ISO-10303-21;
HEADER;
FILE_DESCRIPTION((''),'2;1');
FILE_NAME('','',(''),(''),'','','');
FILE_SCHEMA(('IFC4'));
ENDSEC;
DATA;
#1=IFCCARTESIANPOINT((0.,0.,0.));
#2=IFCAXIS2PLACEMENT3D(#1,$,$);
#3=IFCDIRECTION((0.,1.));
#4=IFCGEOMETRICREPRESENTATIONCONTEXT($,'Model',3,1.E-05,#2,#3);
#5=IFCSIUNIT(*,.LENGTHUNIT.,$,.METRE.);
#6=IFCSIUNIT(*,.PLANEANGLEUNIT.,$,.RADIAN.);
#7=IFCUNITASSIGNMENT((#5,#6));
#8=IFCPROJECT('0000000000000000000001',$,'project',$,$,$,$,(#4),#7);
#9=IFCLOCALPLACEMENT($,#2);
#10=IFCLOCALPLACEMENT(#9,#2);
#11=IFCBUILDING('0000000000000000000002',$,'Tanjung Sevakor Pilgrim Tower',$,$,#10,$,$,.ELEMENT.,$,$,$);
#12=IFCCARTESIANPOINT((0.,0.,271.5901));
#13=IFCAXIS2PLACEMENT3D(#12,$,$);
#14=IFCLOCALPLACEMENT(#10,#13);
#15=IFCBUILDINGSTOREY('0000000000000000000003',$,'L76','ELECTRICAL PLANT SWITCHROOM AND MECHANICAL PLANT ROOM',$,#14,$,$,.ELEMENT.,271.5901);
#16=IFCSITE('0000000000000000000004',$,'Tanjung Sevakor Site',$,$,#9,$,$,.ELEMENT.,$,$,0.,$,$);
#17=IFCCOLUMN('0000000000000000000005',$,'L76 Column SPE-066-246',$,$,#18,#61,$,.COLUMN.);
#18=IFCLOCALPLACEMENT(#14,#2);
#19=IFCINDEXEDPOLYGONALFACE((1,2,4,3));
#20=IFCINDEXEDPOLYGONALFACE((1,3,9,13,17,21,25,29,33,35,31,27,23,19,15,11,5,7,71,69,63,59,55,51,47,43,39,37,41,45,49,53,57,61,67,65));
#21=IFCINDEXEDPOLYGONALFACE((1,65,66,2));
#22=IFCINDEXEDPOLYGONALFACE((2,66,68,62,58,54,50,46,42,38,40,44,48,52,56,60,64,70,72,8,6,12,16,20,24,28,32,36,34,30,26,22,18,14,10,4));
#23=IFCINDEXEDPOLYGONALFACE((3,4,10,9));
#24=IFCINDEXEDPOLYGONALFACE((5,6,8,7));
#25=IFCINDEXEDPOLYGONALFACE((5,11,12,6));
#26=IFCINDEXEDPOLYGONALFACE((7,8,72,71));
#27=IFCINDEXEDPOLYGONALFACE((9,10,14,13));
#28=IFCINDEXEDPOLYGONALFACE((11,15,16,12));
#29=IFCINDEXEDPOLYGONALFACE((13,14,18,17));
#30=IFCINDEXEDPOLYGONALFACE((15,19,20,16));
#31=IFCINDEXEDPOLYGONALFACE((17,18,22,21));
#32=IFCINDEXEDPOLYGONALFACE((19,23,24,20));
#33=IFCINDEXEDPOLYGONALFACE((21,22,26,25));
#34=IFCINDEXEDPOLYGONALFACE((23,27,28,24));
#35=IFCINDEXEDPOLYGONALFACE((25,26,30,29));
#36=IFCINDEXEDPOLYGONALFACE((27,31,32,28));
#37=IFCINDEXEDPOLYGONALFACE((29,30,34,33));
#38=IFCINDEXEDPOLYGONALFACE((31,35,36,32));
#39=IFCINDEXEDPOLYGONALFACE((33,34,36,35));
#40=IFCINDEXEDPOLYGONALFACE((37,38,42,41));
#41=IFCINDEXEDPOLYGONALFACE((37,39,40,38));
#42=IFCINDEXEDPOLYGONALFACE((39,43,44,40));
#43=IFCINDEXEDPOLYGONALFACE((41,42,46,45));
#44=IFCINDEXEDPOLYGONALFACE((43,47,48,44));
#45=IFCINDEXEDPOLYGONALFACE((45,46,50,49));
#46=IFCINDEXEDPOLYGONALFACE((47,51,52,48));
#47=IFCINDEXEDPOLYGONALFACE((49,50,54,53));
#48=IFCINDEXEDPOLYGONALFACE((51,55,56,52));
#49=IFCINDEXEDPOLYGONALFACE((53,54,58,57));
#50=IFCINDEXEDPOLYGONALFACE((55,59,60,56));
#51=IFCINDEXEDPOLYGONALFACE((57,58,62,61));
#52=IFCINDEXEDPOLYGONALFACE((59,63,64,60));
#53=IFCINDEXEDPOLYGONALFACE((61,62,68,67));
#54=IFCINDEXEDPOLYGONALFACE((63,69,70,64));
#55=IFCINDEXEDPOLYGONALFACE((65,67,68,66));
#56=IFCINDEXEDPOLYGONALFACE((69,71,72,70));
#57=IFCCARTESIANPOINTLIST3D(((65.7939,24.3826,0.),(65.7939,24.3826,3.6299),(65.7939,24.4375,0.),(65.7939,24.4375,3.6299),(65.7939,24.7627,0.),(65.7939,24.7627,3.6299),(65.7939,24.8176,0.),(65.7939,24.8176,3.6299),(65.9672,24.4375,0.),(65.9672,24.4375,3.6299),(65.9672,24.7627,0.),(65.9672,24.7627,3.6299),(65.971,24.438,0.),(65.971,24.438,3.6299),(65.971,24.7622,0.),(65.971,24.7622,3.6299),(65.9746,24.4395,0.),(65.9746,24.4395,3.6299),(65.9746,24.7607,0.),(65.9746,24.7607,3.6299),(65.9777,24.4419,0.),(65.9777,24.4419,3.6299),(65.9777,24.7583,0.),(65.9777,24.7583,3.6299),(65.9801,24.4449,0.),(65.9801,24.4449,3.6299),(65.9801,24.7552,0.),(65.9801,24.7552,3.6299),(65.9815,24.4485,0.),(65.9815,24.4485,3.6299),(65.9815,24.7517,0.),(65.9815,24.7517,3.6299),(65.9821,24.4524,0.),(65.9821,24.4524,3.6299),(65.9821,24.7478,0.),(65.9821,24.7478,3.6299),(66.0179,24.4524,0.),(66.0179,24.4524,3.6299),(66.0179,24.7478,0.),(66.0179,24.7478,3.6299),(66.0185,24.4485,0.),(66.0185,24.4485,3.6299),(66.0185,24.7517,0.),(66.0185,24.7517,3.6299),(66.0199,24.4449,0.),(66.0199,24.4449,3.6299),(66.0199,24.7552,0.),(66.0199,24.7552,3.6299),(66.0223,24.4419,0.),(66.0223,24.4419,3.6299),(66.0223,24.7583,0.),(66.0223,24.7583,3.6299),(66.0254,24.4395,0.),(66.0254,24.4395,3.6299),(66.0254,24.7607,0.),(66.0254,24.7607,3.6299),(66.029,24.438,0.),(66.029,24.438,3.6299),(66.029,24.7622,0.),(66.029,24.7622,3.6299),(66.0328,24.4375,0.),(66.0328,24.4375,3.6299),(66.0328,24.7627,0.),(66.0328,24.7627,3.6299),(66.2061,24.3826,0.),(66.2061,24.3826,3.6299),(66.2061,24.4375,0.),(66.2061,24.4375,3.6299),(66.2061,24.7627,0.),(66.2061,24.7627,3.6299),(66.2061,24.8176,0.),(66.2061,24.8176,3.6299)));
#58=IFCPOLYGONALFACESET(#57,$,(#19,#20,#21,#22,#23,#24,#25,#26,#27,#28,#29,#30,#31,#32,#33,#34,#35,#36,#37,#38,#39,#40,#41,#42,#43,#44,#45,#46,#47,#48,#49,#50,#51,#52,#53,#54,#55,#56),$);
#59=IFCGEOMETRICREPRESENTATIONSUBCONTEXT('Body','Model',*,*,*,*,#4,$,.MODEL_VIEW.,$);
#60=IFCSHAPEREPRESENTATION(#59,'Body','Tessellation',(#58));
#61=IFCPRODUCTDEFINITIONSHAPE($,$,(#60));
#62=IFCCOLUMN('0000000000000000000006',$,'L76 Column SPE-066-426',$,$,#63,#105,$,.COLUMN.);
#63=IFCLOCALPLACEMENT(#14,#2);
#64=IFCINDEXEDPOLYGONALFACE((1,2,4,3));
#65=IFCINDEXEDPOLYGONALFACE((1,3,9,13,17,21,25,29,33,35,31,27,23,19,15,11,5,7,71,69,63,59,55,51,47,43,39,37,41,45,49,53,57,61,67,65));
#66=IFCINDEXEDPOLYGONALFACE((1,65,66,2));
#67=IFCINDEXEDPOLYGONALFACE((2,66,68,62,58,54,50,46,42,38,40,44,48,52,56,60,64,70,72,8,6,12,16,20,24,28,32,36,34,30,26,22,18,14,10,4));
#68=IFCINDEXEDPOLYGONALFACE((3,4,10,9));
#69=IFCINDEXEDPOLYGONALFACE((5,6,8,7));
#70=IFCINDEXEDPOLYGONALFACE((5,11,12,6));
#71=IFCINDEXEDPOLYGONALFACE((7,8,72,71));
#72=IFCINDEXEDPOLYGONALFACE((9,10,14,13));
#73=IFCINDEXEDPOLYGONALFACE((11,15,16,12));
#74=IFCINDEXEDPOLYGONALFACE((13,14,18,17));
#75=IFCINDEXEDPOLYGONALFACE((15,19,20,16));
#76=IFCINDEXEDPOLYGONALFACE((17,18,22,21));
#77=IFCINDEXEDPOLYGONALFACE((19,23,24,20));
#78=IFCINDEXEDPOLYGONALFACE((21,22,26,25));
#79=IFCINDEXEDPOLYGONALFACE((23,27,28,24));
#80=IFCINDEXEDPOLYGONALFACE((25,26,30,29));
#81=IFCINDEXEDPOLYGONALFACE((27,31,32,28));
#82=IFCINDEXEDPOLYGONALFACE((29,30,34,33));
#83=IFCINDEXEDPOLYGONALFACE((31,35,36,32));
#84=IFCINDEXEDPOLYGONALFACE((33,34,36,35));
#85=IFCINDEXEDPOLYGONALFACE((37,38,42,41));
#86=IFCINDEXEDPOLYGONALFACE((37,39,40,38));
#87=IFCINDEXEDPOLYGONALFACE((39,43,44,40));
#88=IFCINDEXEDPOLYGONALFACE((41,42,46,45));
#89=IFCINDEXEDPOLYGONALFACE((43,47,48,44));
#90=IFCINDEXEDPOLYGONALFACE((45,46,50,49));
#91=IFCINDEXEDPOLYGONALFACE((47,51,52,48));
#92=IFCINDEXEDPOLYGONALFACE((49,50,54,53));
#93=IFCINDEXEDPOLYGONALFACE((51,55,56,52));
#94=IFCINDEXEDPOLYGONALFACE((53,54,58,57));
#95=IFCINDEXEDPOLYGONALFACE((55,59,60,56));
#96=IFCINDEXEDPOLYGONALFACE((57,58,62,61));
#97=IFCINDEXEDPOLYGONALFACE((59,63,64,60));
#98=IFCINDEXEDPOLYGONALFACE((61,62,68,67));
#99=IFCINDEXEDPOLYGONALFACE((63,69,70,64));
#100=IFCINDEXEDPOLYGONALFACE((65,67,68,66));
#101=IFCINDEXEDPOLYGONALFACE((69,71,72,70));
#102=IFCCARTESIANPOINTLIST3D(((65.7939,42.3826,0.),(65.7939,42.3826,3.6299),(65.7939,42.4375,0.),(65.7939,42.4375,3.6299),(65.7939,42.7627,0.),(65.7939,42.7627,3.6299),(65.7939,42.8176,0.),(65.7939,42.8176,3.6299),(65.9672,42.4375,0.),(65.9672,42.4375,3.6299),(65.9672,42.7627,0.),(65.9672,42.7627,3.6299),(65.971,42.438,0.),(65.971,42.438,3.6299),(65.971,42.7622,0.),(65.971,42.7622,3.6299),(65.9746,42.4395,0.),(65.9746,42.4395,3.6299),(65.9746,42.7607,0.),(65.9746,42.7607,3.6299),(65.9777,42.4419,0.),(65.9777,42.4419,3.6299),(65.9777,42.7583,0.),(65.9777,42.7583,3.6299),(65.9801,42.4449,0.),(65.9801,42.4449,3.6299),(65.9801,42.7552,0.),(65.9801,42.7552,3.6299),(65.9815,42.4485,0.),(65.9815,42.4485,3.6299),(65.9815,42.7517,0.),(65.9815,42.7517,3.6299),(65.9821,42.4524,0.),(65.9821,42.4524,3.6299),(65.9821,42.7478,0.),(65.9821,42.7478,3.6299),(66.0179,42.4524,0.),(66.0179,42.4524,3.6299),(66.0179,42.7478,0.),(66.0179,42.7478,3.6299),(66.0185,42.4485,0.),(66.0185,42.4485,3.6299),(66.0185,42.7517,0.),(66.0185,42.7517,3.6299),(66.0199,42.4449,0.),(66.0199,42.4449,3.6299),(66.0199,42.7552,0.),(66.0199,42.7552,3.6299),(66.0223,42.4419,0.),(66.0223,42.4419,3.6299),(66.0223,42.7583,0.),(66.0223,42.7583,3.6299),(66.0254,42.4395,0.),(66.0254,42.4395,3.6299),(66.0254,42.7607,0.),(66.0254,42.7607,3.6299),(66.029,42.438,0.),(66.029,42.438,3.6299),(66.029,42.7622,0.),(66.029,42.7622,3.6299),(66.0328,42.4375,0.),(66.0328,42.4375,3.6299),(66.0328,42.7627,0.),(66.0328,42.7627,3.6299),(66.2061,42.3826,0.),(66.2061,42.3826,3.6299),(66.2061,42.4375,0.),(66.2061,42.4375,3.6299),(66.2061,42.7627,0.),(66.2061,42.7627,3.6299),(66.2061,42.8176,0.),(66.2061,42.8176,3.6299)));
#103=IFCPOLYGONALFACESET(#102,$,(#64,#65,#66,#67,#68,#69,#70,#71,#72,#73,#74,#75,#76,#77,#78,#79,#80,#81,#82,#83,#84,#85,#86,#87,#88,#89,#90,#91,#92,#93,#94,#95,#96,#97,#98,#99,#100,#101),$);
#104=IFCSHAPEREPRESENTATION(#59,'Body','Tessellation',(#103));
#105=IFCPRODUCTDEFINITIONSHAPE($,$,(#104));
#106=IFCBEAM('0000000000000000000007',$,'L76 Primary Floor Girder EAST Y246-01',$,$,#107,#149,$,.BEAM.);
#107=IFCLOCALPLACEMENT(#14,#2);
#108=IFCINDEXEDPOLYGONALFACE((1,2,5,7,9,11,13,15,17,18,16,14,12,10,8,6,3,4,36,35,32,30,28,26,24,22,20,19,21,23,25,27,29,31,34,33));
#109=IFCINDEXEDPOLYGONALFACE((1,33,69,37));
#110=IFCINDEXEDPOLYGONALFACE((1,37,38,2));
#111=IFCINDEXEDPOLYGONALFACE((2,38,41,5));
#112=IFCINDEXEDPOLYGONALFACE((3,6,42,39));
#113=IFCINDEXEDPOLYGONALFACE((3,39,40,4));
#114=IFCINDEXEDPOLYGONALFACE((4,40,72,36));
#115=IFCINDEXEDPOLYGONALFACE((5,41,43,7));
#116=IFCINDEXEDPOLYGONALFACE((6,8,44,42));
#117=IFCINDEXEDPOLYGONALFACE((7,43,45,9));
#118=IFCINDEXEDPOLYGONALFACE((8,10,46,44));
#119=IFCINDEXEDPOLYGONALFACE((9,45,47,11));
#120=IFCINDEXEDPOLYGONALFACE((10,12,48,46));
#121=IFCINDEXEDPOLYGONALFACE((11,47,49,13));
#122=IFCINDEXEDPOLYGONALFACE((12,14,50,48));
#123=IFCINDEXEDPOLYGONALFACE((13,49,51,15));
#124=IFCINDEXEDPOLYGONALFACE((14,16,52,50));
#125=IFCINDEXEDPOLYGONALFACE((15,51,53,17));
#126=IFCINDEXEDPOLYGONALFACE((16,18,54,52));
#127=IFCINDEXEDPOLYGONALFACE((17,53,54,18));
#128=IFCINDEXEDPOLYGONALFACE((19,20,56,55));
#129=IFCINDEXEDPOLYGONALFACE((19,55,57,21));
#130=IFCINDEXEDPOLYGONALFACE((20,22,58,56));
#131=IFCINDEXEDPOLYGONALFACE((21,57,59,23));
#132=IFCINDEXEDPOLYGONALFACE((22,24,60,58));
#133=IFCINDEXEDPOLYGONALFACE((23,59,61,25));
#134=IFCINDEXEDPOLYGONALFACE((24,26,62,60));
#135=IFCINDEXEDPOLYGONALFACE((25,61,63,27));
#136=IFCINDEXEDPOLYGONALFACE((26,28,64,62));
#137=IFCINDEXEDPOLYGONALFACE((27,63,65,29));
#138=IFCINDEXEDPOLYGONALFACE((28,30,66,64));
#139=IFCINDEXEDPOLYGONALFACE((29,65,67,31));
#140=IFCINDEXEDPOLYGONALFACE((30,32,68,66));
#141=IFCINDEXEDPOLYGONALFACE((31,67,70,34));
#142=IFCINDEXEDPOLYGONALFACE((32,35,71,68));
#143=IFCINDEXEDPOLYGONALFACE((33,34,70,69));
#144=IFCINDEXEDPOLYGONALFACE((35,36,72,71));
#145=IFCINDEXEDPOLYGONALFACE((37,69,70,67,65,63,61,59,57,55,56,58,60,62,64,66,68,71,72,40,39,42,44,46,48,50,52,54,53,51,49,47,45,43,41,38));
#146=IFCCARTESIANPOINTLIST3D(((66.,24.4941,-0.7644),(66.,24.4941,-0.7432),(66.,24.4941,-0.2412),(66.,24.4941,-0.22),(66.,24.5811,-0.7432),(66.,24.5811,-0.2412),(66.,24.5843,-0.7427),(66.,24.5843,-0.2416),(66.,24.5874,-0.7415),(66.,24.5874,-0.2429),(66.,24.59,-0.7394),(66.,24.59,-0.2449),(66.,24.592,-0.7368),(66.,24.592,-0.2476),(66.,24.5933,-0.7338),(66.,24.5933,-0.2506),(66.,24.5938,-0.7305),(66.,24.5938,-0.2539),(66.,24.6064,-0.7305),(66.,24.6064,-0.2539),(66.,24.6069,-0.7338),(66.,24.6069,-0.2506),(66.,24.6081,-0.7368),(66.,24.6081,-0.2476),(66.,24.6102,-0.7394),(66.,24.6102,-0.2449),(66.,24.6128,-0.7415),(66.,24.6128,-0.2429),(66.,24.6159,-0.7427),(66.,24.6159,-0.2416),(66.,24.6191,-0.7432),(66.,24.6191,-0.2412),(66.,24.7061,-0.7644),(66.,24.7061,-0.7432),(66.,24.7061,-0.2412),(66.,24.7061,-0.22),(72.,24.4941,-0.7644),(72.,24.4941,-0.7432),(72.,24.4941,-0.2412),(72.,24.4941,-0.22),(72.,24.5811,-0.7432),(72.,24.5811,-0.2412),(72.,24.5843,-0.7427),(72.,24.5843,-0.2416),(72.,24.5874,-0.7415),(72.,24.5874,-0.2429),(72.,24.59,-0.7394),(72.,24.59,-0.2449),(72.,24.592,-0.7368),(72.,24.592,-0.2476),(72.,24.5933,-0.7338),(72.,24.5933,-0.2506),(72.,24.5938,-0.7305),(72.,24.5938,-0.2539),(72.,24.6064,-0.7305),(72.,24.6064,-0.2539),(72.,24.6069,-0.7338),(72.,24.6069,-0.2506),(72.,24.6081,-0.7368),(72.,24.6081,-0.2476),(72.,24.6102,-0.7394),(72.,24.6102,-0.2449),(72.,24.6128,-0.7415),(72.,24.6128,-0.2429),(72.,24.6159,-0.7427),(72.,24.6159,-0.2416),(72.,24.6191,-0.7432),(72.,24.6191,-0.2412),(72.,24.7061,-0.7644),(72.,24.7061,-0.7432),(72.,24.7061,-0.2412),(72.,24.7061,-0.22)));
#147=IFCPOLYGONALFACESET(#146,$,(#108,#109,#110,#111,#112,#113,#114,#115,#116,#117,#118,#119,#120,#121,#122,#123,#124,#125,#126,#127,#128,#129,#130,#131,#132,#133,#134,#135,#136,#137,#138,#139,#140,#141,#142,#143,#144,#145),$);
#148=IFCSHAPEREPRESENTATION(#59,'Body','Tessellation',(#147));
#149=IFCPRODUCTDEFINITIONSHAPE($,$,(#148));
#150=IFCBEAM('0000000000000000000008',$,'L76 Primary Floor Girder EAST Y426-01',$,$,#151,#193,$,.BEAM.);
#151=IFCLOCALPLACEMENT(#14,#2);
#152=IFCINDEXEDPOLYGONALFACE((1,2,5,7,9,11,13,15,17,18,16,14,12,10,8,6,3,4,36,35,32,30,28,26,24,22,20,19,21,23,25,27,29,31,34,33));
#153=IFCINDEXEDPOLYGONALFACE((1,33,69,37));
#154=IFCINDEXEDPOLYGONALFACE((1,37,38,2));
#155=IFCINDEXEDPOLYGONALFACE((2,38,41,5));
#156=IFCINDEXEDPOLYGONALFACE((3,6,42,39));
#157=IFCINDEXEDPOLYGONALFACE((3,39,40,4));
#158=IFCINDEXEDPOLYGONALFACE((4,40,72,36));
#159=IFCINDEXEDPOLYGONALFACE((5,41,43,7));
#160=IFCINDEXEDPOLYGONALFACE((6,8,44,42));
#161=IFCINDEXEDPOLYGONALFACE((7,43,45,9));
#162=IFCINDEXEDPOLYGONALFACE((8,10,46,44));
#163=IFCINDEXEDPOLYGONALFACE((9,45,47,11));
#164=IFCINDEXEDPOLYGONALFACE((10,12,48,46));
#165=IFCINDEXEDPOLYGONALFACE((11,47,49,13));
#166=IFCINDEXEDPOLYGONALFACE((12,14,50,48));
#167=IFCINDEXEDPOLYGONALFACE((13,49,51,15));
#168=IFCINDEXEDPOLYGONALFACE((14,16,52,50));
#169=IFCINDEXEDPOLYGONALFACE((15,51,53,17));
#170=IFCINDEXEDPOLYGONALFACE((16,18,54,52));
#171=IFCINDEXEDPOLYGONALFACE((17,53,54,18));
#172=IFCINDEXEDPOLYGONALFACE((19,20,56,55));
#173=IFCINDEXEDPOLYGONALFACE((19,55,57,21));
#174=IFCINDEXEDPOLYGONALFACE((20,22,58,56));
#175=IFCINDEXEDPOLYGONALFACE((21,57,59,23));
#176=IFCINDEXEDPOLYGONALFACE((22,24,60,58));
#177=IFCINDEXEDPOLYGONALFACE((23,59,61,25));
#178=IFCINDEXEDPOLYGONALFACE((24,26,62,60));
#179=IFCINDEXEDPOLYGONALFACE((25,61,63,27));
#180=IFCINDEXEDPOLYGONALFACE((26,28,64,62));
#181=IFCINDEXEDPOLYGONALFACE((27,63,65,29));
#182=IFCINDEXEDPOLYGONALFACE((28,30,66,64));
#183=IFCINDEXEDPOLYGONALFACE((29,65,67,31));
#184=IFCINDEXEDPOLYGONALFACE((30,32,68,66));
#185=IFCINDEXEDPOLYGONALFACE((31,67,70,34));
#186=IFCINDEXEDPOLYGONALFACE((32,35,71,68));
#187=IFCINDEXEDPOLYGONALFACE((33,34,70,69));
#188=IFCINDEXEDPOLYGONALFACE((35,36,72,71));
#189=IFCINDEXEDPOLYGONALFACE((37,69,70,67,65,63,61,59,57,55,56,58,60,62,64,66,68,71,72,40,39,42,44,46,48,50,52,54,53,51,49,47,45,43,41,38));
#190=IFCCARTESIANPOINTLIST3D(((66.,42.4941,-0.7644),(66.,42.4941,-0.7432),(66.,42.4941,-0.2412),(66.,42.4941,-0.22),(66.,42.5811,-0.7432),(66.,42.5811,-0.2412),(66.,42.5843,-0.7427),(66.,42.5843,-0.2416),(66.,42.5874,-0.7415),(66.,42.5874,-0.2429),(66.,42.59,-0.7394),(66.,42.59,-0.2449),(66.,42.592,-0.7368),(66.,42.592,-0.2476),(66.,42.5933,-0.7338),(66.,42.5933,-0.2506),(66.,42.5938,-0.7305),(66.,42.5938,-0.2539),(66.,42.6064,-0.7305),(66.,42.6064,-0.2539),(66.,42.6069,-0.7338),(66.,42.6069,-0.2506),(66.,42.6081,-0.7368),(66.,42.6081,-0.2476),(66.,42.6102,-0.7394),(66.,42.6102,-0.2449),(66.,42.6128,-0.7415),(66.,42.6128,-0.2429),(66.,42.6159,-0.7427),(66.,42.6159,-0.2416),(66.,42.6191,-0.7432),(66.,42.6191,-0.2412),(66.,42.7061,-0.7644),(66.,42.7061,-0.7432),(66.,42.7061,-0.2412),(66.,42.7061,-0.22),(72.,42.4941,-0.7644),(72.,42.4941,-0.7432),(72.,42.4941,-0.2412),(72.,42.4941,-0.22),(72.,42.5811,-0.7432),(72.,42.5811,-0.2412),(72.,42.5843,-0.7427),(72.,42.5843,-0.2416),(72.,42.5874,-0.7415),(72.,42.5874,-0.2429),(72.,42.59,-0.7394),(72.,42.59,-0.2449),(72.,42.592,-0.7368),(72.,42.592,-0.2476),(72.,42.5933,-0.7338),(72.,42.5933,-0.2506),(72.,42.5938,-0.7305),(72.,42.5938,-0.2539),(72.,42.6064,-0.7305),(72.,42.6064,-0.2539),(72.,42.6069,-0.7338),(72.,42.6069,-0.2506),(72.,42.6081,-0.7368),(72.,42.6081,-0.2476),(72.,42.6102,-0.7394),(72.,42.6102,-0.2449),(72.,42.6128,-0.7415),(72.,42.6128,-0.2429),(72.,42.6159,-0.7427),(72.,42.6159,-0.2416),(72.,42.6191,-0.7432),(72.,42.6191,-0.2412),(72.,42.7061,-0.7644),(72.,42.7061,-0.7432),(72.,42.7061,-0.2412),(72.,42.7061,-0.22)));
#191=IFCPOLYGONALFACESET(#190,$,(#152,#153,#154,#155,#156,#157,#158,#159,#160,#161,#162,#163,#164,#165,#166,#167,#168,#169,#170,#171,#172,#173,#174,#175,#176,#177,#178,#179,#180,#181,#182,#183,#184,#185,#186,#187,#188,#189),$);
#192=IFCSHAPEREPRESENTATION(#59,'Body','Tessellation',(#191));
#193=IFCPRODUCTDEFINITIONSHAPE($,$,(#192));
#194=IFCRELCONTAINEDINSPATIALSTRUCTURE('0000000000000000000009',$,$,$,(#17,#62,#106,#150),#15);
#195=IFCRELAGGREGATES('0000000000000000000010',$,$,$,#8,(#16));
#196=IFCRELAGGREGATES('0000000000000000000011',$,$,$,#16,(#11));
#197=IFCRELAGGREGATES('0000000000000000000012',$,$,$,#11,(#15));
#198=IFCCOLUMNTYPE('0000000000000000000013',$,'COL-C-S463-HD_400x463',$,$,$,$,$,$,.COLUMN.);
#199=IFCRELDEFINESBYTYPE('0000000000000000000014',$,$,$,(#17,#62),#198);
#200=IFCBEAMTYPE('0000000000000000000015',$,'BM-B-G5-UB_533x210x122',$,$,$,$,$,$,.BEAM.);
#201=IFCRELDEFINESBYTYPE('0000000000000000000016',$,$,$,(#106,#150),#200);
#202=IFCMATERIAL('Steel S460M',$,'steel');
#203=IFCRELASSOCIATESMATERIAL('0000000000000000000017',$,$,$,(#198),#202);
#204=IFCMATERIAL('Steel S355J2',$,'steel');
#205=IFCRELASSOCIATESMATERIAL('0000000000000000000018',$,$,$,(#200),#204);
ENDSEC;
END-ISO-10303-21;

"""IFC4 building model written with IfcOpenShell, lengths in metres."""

from ifc_helpers import new_model, si_unit, direction, frame, origin, origin_2d, place, context, subcontext, project, spatial, i_section, extrude, material, material_profile, profile_set, type_object, element, save


model = new_model("IFC4")

# Units and contexts
model_context = context("Model", 3, precision=1e-05, world=origin(), true_north=direction((0.0, 1.0)))
body_context = subcontext(model_context, "Body", "Model", "MODEL_VIEW")
ifc_project = project(units=[si_unit("LENGTHUNIT", "METRE"), si_unit("PLANEANGLEUNIT", "RADIAN")], contexts=[model_context])

# Site, building, storey
site_placement = place(None, origin())
site = spatial("IfcSite", under=ifc_project, at=site_placement, Name="Tanjung Sevakor Site", CompositionType="ELEMENT", RefElevation=0.0)
building_placement = place(site_placement, origin())
building = spatial("IfcBuilding", under=site, at=building_placement, Name="Tanjung Sevakor Pilgrim Tower", CompositionType="ELEMENT")
storey_placement = place(building_placement, frame((0.0, 0.0, 271.5901)))
storey = spatial("IfcBuildingStorey", under=building, at=storey_placement, Name="L76", Description="ELECTRICAL PLANT SWITCHROOM AND MECHANICAL PLANT ROOM", CompositionType="ELEMENT", Elevation=271.5901)

# Columns
ifc_material_1 = material(Name="Steel S460M", Category="steel")
ifc_material_profile_1 = material_profile(ifc_material_1, i_section(OverallWidth=0.4121, OverallDepth=0.4351, WebThickness=0.0359, FlangeThickness=0.0549, FilletRadius=0.0149, at=origin_2d()))
ifc_profile_set_1 = profile_set([ifc_material_profile_1], Name="Steel S460M")
column_type = type_object("IfcColumnType", Name="COL-C-S463-HD_400x463", PredefinedType="COLUMN", material=ifc_profile_set_1)
for number, where, z_axis, x_axis, name in (
    (1, (66.0, 24.6001, 0.0), (0.0, 0.0, 1.0), (1.0, 0.0, 0.0), "L76 Column SPE-066-246"),
    (2, (66.0, 42.6001, 0.0), (0.0, 0.0, 1.0), (1.0, 0.0, 0.0), "L76 Column SPE-066-426"),
):
    element("IfcColumn", number, at=place(storey_placement, frame(where, z_axis=z_axis, x_axis=x_axis)), inside=storey, type_object=column_type, Name=name, PredefinedType="COLUMN", context=body_context, shape_type="SweptSolid", body=[
        extrude(i_section(OverallWidth=0.4121, OverallDepth=0.4351, WebThickness=0.0359, FlangeThickness=0.0549, FilletRadius=0.0149, at=origin_2d()), origin(), (0.0, 0.0, 1.0), 3.6299),
    ])

# Beams
ifc_material_2 = material(Name="Steel S355J2", Category="steel")
ifc_material_profile_2 = material_profile(ifc_material_2, i_section(OverallWidth=0.2119, OverallDepth=0.5444, WebThickness=0.0127, FlangeThickness=0.0212, FilletRadius=0.0127, at=origin_2d()))
ifc_profile_set_2 = profile_set([ifc_material_profile_2], Name="Steel S355J2")
beam_type_1 = type_object("IfcBeamType", Name="BM-B-G5-UB_533x210x122", PredefinedType="BEAM", material=ifc_profile_set_2)
for number, where, z_axis, x_axis, name in (
    (3, (66.0, 24.6001, -0.4922), (1.0, 0.0, 0.0), (0.0, 1.0, 0.0), "L76 Primary Floor Girder EAST Y246-01"),
    (4, (66.0, 42.6001, -0.4922), (1.0, 0.0, 0.0), (0.0, 1.0, 0.0), "L76 Primary Floor Girder EAST Y426-01"),
):
    element("IfcBeam", number, at=place(storey_placement, frame(where, z_axis=z_axis, x_axis=x_axis)), inside=storey, type_object=beam_type_1, Name=name, PredefinedType="BEAM", context=body_context, shape_type="SweptSolid", body=[
        extrude(i_section(OverallWidth=0.2119, OverallDepth=0.5444, WebThickness=0.0127, FlangeThickness=0.0212, FilletRadius=0.0127, at=origin_2d()), origin(), (0.0, 0.0, 1.0), 6.0),
    ])

save(model, "model.ifc")
